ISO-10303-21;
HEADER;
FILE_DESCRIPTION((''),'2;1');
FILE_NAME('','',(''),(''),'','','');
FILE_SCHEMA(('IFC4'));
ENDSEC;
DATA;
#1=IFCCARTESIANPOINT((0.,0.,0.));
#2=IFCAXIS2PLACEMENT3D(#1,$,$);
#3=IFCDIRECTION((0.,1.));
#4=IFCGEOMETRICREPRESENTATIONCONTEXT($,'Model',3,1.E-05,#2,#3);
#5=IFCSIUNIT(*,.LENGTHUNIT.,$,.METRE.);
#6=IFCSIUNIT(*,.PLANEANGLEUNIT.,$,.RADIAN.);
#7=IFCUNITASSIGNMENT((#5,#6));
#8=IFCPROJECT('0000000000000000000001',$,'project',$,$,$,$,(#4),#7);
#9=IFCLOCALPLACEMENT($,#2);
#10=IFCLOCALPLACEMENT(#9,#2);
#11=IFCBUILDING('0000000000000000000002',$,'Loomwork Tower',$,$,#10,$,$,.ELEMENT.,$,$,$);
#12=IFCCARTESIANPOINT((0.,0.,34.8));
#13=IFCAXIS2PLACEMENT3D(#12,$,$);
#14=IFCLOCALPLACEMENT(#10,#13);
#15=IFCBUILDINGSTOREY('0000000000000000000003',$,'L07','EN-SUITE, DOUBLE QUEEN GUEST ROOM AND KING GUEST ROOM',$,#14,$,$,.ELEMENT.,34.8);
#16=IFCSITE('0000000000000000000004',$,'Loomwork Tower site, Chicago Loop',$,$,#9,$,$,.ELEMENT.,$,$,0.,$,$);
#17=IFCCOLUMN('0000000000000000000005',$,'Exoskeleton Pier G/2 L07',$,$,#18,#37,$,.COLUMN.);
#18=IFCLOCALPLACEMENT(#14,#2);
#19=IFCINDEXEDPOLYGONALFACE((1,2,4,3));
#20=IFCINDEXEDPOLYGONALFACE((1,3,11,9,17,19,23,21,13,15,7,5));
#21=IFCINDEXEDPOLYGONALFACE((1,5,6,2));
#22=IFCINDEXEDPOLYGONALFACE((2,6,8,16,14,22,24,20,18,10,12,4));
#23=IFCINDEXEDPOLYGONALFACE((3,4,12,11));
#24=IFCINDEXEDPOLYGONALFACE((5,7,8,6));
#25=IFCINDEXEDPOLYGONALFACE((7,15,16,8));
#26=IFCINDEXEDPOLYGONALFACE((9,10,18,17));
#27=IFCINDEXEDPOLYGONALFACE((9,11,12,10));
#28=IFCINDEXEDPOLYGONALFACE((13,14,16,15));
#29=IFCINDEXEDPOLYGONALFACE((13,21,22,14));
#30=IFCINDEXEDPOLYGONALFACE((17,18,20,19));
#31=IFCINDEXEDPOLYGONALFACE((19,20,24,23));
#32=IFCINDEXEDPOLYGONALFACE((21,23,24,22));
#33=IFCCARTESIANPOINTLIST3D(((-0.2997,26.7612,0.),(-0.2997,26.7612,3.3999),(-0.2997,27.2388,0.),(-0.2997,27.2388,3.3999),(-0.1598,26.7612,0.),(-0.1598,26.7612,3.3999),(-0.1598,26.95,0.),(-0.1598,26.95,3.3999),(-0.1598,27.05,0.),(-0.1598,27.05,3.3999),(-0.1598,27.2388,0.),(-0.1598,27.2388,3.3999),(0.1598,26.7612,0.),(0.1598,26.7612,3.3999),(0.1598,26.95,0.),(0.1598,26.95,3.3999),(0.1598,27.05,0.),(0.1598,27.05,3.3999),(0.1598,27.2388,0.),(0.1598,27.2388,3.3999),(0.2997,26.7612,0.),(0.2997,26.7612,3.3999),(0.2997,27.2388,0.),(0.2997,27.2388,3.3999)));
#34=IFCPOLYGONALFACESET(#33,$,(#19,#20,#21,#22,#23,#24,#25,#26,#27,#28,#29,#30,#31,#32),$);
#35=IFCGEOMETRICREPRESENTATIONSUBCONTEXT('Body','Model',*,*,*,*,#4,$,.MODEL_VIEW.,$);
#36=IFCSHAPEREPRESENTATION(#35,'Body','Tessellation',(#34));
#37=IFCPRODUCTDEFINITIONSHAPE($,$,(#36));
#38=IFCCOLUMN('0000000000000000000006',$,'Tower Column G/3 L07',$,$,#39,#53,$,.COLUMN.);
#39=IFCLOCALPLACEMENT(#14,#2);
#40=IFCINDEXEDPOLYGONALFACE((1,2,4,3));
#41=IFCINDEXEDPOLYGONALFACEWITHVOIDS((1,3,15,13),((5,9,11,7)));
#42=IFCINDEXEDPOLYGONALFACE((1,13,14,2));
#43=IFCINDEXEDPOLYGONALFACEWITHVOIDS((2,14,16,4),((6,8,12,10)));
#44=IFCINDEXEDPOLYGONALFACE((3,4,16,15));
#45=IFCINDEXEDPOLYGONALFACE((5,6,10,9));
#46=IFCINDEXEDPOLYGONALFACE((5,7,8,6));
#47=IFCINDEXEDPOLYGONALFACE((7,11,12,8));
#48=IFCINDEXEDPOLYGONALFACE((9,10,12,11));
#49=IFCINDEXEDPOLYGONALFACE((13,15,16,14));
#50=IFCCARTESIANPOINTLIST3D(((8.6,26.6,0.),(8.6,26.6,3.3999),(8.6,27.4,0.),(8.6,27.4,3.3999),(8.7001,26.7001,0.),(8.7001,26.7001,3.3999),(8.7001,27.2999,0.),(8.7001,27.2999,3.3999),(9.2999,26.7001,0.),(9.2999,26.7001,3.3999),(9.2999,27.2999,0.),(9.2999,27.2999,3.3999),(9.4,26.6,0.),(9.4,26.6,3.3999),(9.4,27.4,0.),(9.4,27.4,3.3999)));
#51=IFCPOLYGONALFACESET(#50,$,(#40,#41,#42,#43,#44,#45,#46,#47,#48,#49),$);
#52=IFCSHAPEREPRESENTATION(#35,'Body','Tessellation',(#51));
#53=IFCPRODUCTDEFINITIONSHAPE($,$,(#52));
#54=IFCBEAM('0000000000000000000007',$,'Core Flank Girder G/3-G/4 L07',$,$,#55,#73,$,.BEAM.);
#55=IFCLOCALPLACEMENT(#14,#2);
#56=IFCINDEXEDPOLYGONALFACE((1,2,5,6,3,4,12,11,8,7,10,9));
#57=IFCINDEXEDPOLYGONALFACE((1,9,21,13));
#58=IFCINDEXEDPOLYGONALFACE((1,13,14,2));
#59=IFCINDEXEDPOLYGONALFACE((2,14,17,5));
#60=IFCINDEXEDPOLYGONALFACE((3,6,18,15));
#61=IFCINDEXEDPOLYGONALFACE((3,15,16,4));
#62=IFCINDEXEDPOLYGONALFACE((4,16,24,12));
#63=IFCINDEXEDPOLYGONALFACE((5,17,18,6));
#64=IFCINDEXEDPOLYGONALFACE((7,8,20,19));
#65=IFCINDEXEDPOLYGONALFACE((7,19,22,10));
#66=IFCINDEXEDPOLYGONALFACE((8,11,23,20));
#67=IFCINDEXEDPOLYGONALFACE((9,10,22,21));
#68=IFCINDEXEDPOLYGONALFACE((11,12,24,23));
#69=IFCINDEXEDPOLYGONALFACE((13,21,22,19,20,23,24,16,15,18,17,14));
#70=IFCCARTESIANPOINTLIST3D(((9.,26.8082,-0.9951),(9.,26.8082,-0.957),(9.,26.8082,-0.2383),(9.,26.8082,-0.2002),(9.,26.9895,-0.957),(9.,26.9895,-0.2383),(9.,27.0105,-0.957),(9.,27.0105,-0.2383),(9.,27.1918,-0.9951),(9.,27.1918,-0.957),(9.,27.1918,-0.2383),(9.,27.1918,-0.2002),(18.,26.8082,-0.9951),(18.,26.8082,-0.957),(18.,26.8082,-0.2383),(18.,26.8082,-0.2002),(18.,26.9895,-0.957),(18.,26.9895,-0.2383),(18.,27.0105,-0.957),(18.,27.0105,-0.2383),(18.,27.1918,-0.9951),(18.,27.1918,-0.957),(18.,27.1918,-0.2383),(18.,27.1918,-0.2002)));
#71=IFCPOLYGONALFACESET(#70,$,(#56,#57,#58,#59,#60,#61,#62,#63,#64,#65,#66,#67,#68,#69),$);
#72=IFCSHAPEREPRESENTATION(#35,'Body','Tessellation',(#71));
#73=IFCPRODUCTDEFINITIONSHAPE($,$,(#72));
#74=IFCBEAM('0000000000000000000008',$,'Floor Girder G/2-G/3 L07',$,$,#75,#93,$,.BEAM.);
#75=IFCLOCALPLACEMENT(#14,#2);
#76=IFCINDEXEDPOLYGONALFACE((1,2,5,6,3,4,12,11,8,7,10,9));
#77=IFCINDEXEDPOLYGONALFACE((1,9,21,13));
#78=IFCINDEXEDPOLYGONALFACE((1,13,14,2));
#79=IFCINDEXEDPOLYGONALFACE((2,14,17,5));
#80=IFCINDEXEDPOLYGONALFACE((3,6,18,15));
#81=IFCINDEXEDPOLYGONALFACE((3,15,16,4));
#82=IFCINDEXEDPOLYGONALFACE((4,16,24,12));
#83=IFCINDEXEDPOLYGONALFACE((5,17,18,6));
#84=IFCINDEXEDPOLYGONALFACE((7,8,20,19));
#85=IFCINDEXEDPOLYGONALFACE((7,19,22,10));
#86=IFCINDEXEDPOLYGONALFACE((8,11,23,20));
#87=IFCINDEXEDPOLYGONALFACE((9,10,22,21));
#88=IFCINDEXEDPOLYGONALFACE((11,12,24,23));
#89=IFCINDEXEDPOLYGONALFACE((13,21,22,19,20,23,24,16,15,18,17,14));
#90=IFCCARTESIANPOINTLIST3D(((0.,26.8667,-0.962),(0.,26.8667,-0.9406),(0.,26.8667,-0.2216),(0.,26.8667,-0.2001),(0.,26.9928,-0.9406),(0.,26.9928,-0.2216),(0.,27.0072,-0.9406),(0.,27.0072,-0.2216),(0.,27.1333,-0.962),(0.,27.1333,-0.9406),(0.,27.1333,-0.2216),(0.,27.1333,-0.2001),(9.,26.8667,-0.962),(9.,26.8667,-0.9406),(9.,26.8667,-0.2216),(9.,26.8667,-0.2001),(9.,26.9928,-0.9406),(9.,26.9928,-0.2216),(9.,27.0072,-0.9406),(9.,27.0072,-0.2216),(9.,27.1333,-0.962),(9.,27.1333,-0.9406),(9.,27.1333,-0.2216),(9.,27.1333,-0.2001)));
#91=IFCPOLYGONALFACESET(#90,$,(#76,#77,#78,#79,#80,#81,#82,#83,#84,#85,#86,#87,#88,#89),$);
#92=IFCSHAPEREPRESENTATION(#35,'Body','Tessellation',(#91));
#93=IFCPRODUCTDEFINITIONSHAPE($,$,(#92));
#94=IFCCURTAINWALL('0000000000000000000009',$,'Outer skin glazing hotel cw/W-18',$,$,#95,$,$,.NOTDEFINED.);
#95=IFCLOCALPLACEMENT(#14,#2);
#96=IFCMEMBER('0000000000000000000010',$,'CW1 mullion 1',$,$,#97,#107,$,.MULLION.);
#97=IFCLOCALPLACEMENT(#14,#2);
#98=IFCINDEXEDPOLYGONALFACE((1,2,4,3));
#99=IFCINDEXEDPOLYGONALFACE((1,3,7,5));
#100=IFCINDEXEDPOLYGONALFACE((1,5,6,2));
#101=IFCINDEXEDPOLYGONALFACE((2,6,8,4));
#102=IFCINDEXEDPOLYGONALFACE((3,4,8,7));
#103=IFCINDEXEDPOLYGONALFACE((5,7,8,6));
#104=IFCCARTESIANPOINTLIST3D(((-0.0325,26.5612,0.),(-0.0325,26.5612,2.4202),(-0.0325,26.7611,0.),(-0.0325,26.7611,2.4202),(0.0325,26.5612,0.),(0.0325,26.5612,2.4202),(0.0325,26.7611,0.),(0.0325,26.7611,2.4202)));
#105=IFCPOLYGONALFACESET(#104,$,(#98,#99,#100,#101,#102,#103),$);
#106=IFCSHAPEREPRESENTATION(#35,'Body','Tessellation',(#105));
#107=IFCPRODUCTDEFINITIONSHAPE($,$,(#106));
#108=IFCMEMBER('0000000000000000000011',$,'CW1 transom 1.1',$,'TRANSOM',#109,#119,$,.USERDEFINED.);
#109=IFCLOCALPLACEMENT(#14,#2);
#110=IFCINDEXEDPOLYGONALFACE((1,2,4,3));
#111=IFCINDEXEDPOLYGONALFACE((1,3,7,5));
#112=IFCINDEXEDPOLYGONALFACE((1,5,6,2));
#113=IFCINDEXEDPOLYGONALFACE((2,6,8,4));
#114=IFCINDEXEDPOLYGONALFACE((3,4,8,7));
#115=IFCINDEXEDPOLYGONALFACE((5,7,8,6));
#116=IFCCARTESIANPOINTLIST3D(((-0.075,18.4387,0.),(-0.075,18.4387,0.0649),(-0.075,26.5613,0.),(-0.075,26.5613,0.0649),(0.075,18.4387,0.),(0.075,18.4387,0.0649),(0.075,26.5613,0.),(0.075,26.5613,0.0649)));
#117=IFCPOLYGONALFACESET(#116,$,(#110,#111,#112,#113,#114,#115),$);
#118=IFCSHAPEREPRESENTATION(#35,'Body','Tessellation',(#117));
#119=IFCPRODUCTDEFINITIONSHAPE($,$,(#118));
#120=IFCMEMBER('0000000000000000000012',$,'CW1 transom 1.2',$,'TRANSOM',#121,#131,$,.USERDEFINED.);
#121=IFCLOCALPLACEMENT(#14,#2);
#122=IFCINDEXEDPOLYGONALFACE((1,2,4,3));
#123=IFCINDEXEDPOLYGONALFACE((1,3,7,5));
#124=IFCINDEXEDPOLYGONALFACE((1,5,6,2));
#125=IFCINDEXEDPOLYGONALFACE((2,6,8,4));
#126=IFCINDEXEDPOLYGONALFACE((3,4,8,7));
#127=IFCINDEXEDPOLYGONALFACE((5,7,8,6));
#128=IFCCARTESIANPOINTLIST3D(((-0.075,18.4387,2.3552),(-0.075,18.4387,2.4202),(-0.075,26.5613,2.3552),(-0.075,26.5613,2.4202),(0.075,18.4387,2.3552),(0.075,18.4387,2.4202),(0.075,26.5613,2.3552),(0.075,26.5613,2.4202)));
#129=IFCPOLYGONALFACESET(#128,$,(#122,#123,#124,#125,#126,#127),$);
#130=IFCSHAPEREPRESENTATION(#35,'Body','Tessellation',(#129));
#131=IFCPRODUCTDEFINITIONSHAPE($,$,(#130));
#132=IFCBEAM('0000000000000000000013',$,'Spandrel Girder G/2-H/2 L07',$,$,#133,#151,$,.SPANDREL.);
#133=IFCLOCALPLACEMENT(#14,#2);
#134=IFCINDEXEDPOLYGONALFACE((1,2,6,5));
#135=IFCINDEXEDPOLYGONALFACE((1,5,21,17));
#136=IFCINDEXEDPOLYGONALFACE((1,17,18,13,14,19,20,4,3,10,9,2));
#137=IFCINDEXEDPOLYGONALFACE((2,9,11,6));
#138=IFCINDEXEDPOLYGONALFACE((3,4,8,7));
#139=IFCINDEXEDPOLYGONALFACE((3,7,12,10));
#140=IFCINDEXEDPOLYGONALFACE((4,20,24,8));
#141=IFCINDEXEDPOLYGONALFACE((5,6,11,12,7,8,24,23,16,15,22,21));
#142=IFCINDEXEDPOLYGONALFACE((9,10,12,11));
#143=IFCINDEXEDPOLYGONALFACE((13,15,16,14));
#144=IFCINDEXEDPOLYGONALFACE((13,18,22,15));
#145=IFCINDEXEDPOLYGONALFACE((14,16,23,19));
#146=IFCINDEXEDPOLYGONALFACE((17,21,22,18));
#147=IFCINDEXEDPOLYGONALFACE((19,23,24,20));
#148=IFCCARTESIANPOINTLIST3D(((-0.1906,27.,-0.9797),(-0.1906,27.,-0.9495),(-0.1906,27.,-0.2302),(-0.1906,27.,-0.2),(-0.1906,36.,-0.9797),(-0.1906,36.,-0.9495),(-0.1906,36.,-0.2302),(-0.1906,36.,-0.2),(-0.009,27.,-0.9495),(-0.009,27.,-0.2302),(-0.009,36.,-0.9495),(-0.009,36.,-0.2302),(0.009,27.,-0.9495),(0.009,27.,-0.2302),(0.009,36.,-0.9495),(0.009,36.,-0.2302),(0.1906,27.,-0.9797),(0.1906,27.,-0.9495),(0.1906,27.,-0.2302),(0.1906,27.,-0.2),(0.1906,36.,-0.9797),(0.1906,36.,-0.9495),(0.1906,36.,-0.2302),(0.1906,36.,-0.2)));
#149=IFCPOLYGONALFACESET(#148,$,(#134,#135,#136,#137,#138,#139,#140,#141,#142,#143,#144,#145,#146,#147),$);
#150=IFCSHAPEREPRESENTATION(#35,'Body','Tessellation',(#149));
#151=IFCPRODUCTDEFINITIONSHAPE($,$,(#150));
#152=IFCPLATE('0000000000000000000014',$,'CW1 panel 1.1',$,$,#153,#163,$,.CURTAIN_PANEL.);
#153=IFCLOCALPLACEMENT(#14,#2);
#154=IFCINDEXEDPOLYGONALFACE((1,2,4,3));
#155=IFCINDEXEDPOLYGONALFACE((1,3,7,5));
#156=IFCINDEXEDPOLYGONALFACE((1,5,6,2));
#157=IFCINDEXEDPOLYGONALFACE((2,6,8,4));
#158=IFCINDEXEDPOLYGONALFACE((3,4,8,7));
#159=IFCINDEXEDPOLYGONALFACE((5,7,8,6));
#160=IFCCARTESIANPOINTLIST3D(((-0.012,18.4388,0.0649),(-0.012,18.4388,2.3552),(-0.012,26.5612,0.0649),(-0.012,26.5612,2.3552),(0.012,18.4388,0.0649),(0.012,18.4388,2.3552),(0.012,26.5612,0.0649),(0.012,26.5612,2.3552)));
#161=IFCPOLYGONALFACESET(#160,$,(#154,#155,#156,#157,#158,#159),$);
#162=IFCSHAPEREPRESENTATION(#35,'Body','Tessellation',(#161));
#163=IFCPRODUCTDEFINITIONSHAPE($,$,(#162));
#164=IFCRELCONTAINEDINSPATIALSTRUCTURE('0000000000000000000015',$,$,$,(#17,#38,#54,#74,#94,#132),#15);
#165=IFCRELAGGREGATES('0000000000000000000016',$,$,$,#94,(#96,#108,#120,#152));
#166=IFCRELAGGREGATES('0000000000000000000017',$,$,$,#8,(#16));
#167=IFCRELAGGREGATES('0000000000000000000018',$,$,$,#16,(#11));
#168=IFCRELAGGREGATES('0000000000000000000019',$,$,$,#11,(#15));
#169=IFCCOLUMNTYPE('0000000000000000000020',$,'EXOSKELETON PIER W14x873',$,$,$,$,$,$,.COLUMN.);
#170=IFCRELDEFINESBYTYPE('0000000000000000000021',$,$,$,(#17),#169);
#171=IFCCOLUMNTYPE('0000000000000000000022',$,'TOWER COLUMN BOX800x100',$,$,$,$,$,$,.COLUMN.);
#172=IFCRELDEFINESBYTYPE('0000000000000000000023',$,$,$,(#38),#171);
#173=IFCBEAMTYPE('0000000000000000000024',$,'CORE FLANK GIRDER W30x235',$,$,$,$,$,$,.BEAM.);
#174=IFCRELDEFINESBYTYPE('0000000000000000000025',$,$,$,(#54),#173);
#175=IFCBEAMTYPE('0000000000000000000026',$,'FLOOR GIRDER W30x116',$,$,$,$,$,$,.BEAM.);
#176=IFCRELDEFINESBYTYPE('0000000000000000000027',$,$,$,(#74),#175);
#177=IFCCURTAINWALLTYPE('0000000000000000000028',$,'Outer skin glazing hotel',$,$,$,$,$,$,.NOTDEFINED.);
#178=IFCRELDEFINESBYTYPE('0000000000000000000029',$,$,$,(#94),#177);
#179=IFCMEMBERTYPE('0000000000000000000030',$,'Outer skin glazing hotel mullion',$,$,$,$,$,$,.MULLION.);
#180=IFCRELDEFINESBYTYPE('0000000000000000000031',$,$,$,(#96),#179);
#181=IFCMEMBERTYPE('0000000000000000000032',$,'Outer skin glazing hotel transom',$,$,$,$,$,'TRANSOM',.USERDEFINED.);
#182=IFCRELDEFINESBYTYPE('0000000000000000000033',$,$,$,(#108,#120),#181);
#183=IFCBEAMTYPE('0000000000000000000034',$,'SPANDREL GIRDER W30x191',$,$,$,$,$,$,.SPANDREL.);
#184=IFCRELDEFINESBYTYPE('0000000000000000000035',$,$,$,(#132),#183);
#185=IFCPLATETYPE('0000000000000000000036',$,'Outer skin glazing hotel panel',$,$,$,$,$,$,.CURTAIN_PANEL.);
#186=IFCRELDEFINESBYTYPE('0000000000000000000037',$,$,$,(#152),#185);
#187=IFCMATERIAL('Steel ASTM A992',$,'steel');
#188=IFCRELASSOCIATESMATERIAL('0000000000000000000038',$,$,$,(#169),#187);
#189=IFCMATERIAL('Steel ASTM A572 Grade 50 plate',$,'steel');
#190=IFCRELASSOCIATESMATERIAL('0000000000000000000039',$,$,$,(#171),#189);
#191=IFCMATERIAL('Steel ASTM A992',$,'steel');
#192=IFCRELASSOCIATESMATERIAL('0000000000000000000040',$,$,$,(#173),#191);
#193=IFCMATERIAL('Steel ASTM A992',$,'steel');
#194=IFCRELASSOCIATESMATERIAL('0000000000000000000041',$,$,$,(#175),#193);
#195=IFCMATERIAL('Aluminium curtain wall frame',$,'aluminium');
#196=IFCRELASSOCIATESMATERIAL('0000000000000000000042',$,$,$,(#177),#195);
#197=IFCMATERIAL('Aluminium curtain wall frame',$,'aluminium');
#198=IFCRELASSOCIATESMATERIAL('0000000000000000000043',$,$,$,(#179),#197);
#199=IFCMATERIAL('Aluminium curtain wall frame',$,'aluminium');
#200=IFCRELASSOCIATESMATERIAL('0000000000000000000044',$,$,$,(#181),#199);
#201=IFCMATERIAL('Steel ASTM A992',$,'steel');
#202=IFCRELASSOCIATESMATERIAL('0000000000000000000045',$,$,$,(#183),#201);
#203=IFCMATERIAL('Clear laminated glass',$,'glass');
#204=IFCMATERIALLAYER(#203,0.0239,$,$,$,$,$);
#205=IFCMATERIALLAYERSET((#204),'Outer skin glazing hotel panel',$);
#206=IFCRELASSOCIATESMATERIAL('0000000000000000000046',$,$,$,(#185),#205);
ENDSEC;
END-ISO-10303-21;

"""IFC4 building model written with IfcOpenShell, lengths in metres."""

from ifc_helpers import new_model, si_unit, direction, frame, origin, origin_2d, place, context, subcontext, project, spatial, rectangle, hollow_rectangle, i_section, extrude, material, layer, layer_set, material_profile, profile_set, type_object, element, aggregate, save


model = new_model("IFC4")

# Units and contexts
model_context = context("Model", 3, precision=1e-05, world=origin(), true_north=direction((0.0, 1.0)))
body_context = subcontext(model_context, "Body", "Model", "MODEL_VIEW")
ifc_project = project(units=[si_unit("LENGTHUNIT", "METRE"), si_unit("PLANEANGLEUNIT", "RADIAN")], contexts=[model_context])

# Site, building, storey
site_placement = place(None, origin())
site = spatial("IfcSite", under=ifc_project, at=site_placement, Name="Loomwork Tower site, Chicago Loop", CompositionType="ELEMENT", RefElevation=0.0)
building_placement = place(site_placement, origin())
building = spatial("IfcBuilding", under=site, at=building_placement, Name="Loomwork Tower", CompositionType="ELEMENT")
storey_placement = place(building_placement, frame((0.0, 0.0, 34.8)))
storey = spatial("IfcBuildingStorey", under=building, at=storey_placement, Name="L07", Description="EN-SUITE, DOUBLE QUEEN GUEST ROOM AND KING GUEST ROOM", CompositionType="ELEMENT", Elevation=34.8)

# Columns
ifc_material_1 = material(Name="Steel ASTM A992", Category="steel")
ifc_material_profile_1 = material_profile(ifc_material_1, i_section(OverallWidth=0.4775, OverallDepth=0.5994, WebThickness=0.1001, FlangeThickness=0.1399, at=origin_2d()), Name="W14x873")
ifc_profile_set_1 = profile_set([ifc_material_profile_1], Name="Steel ASTM A992")
column_type_1 = type_object("IfcColumnType", Name="EXOSKELETON PIER W14x873", PredefinedType="COLUMN", material=ifc_profile_set_1)
column_1_placement = place(storey_placement, frame((0.0, 27.0, 0.0), z_axis=(0.0, 0.0, 1.0), x_axis=(0.0, 1.0, 0.0)))
element("IfcColumn", 1, at=column_1_placement, inside=storey, type_object=column_type_1, Name="Exoskeleton Pier G/2 L07", PredefinedType="COLUMN", context=body_context, shape_type="SweptSolid", body=[
    extrude(i_section(OverallWidth=0.4775, OverallDepth=0.5994, WebThickness=0.1001, FlangeThickness=0.1399, at=origin_2d()), origin(), (0.0, 0.0, 1.0), 3.3999),
])
ifc_material_2 = material(Name="Steel ASTM A572 Grade 50 plate", Category="steel")
ifc_material_profile_2 = material_profile(ifc_material_2, hollow_rectangle(XDim=0.8, YDim=0.8, WallThickness=0.1001, at=origin_2d()), Name="BOX800x100")
ifc_profile_set_2 = profile_set([ifc_material_profile_2], Name="Steel ASTM A572 Grade 50 plate")
column_type_2 = type_object("IfcColumnType", Name="TOWER COLUMN BOX800x100", PredefinedType="COLUMN", material=ifc_profile_set_2)
column_2_placement = place(storey_placement, frame((9.0, 27.0, 0.0), z_axis=(0.0, 0.0, 1.0), x_axis=(1.0, 0.0, 0.0)))
element("IfcColumn", 2, at=column_2_placement, inside=storey, type_object=column_type_2, Name="Tower Column G/3 L07", PredefinedType="COLUMN", context=body_context, shape_type="SweptSolid", body=[
    extrude(hollow_rectangle(XDim=0.8, YDim=0.8, WallThickness=0.1001, at=origin_2d()), origin(), (0.0, 0.0, 1.0), 3.3999),
])

# Beams
ifc_material_3 = material(Name="Steel ASTM A992", Category="steel")
ifc_material_profile_3 = material_profile(ifc_material_3, i_section(OverallWidth=0.3835, OverallDepth=0.7949, WebThickness=0.021, FlangeThickness=0.0381, at=origin_2d()), Name="W30x235")
ifc_profile_set_3 = profile_set([ifc_material_profile_3], Name="Steel ASTM A992")
beam_type_1 = type_object("IfcBeamType", Name="CORE FLANK GIRDER W30x235", PredefinedType="BEAM", material=ifc_profile_set_3)
beam_1_placement = place(storey_placement, frame((9.0, 27.0, -0.5977), z_axis=(1.0, 0.0, 0.0), x_axis=(0.0, 1.0, 0.0)))
element("IfcBeam", 3, at=beam_1_placement, inside=storey, type_object=beam_type_1, Name="Core Flank Girder G/3-G/4 L07", PredefinedType="BEAM", context=body_context, shape_type="SweptSolid", body=[
    extrude(i_section(OverallWidth=0.3835, OverallDepth=0.7949, WebThickness=0.021, FlangeThickness=0.0381, at=origin_2d()), origin(), (0.0, 0.0, 1.0), 9.0),
])
ifc_material_4 = material(Name="Steel ASTM A992", Category="steel")
ifc_material_profile_4 = material_profile(ifc_material_4, i_section(OverallWidth=0.2666, OverallDepth=0.762, WebThickness=0.0144, FlangeThickness=0.0215, at=origin_2d()), Name="W30x116")
ifc_profile_set_4 = profile_set([ifc_material_profile_4], Name="Steel ASTM A992")
beam_type_2 = type_object("IfcBeamType", Name="FLOOR GIRDER W30x116", PredefinedType="BEAM", material=ifc_profile_set_4)
beam_2_placement = place(storey_placement, frame((0.0, 27.0, -0.5811), z_axis=(1.0, 0.0, 0.0), x_axis=(0.0, 1.0, 0.0)))
element("IfcBeam", 4, at=beam_2_placement, inside=storey, type_object=beam_type_2, Name="Floor Girder G/2-G/3 L07", PredefinedType="BEAM", context=body_context, shape_type="SweptSolid", body=[
    extrude(i_section(OverallWidth=0.2666, OverallDepth=0.762, WebThickness=0.0144, FlangeThickness=0.0215, at=origin_2d()), origin(), (0.0, 0.0, 1.0), 9.0),
])

# Curtain wall, members
ifc_material_5 = material(Name="Aluminium curtain wall frame", Category="aluminium")
curtain_wall_type = type_object("IfcCurtainWallType", Name="Outer skin glazing hotel", PredefinedType="NOTDEFINED", material=ifc_material_5)
curtain_wall_placement = place(storey_placement, origin())
curtain_wall = element("IfcCurtainWall", 5, at=curtain_wall_placement, inside=storey, type_object=curtain_wall_type, Name="Outer skin glazing hotel cw/W-18", PredefinedType="NOTDEFINED")
ifc_material_6 = material(Name="Aluminium curtain wall frame", Category="aluminium")
ifc_material_profile_5 = material_profile(ifc_material_6, rectangle(XDim=0.0649, YDim=0.2, at=origin_2d()), Name="AL 65x200")
ifc_profile_set_5 = profile_set([ifc_material_profile_5], Name="Aluminium curtain wall frame")
member_type_1 = type_object("IfcMemberType", Name="Outer skin glazing hotel mullion", PredefinedType="MULLION", material=ifc_profile_set_5)
member_1_placement = place(storey_placement, frame((0.0, 26.6611, 0.0), z_axis=(0.0, 0.0, 1.0), x_axis=(1.0, 0.0, 0.0)))
member_1 = element("IfcMember", 6, at=member_1_placement, type_object=member_type_1, Name="CW1 mullion 1", PredefinedType="MULLION", context=body_context, shape_type="SweptSolid", body=[
    extrude(rectangle(XDim=0.0649, YDim=0.2, at=origin_2d()), origin(), (0.0, 0.0, 1.0), 2.4202),
])
ifc_material_7 = material(Name="Aluminium curtain wall frame", Category="aluminium")
ifc_material_profile_6 = material_profile(ifc_material_7, rectangle(XDim=0.1499, YDim=0.0649, at=origin_2d()), Name="AL 65x150")
ifc_profile_set_6 = profile_set([ifc_material_profile_6], Name="Aluminium curtain wall frame")
member_type_2 = type_object("IfcMemberType", Name="Outer skin glazing hotel transom", ElementType="TRANSOM", PredefinedType="USERDEFINED", material=ifc_profile_set_6)
member_2_placement = place(storey_placement, frame((0.0, 26.5613, 0.0325), z_axis=(0.0, -1.0, 0.0), x_axis=(1.0, 0.0, 0.0)))
member_2 = element("IfcMember", 7, at=member_2_placement, type_object=member_type_2, Name="CW1 transom 1.1", ObjectType="TRANSOM", PredefinedType="USERDEFINED", context=body_context, shape_type="SweptSolid", body=[
    extrude(rectangle(XDim=0.1499, YDim=0.0649, at=origin_2d()), origin(), (0.0, 0.0, 1.0), 8.1226),
])
member_3_placement = place(storey_placement, frame((0.0, 26.5613, 2.3877), z_axis=(0.0, -1.0, 0.0), x_axis=(1.0, 0.0, 0.0)))
member_3 = element("IfcMember", 8, at=member_3_placement, type_object=member_type_2, Name="CW1 transom 1.2", ObjectType="TRANSOM", PredefinedType="USERDEFINED", context=body_context, shape_type="SweptSolid", body=[
    extrude(rectangle(XDim=0.1499, YDim=0.0649, at=origin_2d()), origin(), (0.0, 0.0, 1.0), 8.1226),
])

# Beam
ifc_material_8 = material(Name="Steel ASTM A992", Category="steel")
ifc_material_profile_7 = material_profile(ifc_material_8, i_section(OverallWidth=0.3811, OverallDepth=0.7798, WebThickness=0.0181, FlangeThickness=0.0303, at=origin_2d()), Name="W30x191")
ifc_profile_set_7 = profile_set([ifc_material_profile_7], Name="Steel ASTM A992")
beam_type_3 = type_object("IfcBeamType", Name="SPANDREL GIRDER W30x191", PredefinedType="SPANDREL", material=ifc_profile_set_7)
beam_3_placement = place(storey_placement, frame((0.0, 27.0, -0.5898), z_axis=(0.0, 1.0, 0.0), x_axis=(-1.0, 0.0, 0.0)))
element("IfcBeam", 9, at=beam_3_placement, inside=storey, type_object=beam_type_3, Name="Spandrel Girder G/2-H/2 L07", PredefinedType="SPANDREL", context=body_context, shape_type="SweptSolid", body=[
    extrude(i_section(OverallWidth=0.3811, OverallDepth=0.7798, WebThickness=0.0181, FlangeThickness=0.0303, at=origin_2d()), origin(), (0.0, 0.0, 1.0), 9.0),
])

# Plate
ifc_material_9 = material(Name="Clear laminated glass", Category="glass")
ifc_layer_1 = layer(ifc_material_9, 0.0239)
ifc_layer_set_1 = layer_set([ifc_layer_1], Name="Outer skin glazing hotel panel")
plate_type = type_object("IfcPlateType", Name="Outer skin glazing hotel panel", PredefinedType="CURTAIN_PANEL", material=ifc_layer_set_1)
plate_placement = place(storey_placement, frame((0.0, 22.5, 0.0649), z_axis=(0.0, 0.0, 1.0), x_axis=(0.0, -1.0, 0.0)))
plate = element("IfcPlate", 10, at=plate_placement, type_object=plate_type, Name="CW1 panel 1.1", PredefinedType="CURTAIN_PANEL", context=body_context, shape_type="SweptSolid", body=[
    extrude(rectangle(XDim=8.1223, YDim=0.0239, at=origin_2d()), origin(), (0.0, 0.0, 1.0), 2.2903),
])
aggregate(curtain_wall, [member_1, member_2, member_3, plate])

save(model, "model.ifc")
